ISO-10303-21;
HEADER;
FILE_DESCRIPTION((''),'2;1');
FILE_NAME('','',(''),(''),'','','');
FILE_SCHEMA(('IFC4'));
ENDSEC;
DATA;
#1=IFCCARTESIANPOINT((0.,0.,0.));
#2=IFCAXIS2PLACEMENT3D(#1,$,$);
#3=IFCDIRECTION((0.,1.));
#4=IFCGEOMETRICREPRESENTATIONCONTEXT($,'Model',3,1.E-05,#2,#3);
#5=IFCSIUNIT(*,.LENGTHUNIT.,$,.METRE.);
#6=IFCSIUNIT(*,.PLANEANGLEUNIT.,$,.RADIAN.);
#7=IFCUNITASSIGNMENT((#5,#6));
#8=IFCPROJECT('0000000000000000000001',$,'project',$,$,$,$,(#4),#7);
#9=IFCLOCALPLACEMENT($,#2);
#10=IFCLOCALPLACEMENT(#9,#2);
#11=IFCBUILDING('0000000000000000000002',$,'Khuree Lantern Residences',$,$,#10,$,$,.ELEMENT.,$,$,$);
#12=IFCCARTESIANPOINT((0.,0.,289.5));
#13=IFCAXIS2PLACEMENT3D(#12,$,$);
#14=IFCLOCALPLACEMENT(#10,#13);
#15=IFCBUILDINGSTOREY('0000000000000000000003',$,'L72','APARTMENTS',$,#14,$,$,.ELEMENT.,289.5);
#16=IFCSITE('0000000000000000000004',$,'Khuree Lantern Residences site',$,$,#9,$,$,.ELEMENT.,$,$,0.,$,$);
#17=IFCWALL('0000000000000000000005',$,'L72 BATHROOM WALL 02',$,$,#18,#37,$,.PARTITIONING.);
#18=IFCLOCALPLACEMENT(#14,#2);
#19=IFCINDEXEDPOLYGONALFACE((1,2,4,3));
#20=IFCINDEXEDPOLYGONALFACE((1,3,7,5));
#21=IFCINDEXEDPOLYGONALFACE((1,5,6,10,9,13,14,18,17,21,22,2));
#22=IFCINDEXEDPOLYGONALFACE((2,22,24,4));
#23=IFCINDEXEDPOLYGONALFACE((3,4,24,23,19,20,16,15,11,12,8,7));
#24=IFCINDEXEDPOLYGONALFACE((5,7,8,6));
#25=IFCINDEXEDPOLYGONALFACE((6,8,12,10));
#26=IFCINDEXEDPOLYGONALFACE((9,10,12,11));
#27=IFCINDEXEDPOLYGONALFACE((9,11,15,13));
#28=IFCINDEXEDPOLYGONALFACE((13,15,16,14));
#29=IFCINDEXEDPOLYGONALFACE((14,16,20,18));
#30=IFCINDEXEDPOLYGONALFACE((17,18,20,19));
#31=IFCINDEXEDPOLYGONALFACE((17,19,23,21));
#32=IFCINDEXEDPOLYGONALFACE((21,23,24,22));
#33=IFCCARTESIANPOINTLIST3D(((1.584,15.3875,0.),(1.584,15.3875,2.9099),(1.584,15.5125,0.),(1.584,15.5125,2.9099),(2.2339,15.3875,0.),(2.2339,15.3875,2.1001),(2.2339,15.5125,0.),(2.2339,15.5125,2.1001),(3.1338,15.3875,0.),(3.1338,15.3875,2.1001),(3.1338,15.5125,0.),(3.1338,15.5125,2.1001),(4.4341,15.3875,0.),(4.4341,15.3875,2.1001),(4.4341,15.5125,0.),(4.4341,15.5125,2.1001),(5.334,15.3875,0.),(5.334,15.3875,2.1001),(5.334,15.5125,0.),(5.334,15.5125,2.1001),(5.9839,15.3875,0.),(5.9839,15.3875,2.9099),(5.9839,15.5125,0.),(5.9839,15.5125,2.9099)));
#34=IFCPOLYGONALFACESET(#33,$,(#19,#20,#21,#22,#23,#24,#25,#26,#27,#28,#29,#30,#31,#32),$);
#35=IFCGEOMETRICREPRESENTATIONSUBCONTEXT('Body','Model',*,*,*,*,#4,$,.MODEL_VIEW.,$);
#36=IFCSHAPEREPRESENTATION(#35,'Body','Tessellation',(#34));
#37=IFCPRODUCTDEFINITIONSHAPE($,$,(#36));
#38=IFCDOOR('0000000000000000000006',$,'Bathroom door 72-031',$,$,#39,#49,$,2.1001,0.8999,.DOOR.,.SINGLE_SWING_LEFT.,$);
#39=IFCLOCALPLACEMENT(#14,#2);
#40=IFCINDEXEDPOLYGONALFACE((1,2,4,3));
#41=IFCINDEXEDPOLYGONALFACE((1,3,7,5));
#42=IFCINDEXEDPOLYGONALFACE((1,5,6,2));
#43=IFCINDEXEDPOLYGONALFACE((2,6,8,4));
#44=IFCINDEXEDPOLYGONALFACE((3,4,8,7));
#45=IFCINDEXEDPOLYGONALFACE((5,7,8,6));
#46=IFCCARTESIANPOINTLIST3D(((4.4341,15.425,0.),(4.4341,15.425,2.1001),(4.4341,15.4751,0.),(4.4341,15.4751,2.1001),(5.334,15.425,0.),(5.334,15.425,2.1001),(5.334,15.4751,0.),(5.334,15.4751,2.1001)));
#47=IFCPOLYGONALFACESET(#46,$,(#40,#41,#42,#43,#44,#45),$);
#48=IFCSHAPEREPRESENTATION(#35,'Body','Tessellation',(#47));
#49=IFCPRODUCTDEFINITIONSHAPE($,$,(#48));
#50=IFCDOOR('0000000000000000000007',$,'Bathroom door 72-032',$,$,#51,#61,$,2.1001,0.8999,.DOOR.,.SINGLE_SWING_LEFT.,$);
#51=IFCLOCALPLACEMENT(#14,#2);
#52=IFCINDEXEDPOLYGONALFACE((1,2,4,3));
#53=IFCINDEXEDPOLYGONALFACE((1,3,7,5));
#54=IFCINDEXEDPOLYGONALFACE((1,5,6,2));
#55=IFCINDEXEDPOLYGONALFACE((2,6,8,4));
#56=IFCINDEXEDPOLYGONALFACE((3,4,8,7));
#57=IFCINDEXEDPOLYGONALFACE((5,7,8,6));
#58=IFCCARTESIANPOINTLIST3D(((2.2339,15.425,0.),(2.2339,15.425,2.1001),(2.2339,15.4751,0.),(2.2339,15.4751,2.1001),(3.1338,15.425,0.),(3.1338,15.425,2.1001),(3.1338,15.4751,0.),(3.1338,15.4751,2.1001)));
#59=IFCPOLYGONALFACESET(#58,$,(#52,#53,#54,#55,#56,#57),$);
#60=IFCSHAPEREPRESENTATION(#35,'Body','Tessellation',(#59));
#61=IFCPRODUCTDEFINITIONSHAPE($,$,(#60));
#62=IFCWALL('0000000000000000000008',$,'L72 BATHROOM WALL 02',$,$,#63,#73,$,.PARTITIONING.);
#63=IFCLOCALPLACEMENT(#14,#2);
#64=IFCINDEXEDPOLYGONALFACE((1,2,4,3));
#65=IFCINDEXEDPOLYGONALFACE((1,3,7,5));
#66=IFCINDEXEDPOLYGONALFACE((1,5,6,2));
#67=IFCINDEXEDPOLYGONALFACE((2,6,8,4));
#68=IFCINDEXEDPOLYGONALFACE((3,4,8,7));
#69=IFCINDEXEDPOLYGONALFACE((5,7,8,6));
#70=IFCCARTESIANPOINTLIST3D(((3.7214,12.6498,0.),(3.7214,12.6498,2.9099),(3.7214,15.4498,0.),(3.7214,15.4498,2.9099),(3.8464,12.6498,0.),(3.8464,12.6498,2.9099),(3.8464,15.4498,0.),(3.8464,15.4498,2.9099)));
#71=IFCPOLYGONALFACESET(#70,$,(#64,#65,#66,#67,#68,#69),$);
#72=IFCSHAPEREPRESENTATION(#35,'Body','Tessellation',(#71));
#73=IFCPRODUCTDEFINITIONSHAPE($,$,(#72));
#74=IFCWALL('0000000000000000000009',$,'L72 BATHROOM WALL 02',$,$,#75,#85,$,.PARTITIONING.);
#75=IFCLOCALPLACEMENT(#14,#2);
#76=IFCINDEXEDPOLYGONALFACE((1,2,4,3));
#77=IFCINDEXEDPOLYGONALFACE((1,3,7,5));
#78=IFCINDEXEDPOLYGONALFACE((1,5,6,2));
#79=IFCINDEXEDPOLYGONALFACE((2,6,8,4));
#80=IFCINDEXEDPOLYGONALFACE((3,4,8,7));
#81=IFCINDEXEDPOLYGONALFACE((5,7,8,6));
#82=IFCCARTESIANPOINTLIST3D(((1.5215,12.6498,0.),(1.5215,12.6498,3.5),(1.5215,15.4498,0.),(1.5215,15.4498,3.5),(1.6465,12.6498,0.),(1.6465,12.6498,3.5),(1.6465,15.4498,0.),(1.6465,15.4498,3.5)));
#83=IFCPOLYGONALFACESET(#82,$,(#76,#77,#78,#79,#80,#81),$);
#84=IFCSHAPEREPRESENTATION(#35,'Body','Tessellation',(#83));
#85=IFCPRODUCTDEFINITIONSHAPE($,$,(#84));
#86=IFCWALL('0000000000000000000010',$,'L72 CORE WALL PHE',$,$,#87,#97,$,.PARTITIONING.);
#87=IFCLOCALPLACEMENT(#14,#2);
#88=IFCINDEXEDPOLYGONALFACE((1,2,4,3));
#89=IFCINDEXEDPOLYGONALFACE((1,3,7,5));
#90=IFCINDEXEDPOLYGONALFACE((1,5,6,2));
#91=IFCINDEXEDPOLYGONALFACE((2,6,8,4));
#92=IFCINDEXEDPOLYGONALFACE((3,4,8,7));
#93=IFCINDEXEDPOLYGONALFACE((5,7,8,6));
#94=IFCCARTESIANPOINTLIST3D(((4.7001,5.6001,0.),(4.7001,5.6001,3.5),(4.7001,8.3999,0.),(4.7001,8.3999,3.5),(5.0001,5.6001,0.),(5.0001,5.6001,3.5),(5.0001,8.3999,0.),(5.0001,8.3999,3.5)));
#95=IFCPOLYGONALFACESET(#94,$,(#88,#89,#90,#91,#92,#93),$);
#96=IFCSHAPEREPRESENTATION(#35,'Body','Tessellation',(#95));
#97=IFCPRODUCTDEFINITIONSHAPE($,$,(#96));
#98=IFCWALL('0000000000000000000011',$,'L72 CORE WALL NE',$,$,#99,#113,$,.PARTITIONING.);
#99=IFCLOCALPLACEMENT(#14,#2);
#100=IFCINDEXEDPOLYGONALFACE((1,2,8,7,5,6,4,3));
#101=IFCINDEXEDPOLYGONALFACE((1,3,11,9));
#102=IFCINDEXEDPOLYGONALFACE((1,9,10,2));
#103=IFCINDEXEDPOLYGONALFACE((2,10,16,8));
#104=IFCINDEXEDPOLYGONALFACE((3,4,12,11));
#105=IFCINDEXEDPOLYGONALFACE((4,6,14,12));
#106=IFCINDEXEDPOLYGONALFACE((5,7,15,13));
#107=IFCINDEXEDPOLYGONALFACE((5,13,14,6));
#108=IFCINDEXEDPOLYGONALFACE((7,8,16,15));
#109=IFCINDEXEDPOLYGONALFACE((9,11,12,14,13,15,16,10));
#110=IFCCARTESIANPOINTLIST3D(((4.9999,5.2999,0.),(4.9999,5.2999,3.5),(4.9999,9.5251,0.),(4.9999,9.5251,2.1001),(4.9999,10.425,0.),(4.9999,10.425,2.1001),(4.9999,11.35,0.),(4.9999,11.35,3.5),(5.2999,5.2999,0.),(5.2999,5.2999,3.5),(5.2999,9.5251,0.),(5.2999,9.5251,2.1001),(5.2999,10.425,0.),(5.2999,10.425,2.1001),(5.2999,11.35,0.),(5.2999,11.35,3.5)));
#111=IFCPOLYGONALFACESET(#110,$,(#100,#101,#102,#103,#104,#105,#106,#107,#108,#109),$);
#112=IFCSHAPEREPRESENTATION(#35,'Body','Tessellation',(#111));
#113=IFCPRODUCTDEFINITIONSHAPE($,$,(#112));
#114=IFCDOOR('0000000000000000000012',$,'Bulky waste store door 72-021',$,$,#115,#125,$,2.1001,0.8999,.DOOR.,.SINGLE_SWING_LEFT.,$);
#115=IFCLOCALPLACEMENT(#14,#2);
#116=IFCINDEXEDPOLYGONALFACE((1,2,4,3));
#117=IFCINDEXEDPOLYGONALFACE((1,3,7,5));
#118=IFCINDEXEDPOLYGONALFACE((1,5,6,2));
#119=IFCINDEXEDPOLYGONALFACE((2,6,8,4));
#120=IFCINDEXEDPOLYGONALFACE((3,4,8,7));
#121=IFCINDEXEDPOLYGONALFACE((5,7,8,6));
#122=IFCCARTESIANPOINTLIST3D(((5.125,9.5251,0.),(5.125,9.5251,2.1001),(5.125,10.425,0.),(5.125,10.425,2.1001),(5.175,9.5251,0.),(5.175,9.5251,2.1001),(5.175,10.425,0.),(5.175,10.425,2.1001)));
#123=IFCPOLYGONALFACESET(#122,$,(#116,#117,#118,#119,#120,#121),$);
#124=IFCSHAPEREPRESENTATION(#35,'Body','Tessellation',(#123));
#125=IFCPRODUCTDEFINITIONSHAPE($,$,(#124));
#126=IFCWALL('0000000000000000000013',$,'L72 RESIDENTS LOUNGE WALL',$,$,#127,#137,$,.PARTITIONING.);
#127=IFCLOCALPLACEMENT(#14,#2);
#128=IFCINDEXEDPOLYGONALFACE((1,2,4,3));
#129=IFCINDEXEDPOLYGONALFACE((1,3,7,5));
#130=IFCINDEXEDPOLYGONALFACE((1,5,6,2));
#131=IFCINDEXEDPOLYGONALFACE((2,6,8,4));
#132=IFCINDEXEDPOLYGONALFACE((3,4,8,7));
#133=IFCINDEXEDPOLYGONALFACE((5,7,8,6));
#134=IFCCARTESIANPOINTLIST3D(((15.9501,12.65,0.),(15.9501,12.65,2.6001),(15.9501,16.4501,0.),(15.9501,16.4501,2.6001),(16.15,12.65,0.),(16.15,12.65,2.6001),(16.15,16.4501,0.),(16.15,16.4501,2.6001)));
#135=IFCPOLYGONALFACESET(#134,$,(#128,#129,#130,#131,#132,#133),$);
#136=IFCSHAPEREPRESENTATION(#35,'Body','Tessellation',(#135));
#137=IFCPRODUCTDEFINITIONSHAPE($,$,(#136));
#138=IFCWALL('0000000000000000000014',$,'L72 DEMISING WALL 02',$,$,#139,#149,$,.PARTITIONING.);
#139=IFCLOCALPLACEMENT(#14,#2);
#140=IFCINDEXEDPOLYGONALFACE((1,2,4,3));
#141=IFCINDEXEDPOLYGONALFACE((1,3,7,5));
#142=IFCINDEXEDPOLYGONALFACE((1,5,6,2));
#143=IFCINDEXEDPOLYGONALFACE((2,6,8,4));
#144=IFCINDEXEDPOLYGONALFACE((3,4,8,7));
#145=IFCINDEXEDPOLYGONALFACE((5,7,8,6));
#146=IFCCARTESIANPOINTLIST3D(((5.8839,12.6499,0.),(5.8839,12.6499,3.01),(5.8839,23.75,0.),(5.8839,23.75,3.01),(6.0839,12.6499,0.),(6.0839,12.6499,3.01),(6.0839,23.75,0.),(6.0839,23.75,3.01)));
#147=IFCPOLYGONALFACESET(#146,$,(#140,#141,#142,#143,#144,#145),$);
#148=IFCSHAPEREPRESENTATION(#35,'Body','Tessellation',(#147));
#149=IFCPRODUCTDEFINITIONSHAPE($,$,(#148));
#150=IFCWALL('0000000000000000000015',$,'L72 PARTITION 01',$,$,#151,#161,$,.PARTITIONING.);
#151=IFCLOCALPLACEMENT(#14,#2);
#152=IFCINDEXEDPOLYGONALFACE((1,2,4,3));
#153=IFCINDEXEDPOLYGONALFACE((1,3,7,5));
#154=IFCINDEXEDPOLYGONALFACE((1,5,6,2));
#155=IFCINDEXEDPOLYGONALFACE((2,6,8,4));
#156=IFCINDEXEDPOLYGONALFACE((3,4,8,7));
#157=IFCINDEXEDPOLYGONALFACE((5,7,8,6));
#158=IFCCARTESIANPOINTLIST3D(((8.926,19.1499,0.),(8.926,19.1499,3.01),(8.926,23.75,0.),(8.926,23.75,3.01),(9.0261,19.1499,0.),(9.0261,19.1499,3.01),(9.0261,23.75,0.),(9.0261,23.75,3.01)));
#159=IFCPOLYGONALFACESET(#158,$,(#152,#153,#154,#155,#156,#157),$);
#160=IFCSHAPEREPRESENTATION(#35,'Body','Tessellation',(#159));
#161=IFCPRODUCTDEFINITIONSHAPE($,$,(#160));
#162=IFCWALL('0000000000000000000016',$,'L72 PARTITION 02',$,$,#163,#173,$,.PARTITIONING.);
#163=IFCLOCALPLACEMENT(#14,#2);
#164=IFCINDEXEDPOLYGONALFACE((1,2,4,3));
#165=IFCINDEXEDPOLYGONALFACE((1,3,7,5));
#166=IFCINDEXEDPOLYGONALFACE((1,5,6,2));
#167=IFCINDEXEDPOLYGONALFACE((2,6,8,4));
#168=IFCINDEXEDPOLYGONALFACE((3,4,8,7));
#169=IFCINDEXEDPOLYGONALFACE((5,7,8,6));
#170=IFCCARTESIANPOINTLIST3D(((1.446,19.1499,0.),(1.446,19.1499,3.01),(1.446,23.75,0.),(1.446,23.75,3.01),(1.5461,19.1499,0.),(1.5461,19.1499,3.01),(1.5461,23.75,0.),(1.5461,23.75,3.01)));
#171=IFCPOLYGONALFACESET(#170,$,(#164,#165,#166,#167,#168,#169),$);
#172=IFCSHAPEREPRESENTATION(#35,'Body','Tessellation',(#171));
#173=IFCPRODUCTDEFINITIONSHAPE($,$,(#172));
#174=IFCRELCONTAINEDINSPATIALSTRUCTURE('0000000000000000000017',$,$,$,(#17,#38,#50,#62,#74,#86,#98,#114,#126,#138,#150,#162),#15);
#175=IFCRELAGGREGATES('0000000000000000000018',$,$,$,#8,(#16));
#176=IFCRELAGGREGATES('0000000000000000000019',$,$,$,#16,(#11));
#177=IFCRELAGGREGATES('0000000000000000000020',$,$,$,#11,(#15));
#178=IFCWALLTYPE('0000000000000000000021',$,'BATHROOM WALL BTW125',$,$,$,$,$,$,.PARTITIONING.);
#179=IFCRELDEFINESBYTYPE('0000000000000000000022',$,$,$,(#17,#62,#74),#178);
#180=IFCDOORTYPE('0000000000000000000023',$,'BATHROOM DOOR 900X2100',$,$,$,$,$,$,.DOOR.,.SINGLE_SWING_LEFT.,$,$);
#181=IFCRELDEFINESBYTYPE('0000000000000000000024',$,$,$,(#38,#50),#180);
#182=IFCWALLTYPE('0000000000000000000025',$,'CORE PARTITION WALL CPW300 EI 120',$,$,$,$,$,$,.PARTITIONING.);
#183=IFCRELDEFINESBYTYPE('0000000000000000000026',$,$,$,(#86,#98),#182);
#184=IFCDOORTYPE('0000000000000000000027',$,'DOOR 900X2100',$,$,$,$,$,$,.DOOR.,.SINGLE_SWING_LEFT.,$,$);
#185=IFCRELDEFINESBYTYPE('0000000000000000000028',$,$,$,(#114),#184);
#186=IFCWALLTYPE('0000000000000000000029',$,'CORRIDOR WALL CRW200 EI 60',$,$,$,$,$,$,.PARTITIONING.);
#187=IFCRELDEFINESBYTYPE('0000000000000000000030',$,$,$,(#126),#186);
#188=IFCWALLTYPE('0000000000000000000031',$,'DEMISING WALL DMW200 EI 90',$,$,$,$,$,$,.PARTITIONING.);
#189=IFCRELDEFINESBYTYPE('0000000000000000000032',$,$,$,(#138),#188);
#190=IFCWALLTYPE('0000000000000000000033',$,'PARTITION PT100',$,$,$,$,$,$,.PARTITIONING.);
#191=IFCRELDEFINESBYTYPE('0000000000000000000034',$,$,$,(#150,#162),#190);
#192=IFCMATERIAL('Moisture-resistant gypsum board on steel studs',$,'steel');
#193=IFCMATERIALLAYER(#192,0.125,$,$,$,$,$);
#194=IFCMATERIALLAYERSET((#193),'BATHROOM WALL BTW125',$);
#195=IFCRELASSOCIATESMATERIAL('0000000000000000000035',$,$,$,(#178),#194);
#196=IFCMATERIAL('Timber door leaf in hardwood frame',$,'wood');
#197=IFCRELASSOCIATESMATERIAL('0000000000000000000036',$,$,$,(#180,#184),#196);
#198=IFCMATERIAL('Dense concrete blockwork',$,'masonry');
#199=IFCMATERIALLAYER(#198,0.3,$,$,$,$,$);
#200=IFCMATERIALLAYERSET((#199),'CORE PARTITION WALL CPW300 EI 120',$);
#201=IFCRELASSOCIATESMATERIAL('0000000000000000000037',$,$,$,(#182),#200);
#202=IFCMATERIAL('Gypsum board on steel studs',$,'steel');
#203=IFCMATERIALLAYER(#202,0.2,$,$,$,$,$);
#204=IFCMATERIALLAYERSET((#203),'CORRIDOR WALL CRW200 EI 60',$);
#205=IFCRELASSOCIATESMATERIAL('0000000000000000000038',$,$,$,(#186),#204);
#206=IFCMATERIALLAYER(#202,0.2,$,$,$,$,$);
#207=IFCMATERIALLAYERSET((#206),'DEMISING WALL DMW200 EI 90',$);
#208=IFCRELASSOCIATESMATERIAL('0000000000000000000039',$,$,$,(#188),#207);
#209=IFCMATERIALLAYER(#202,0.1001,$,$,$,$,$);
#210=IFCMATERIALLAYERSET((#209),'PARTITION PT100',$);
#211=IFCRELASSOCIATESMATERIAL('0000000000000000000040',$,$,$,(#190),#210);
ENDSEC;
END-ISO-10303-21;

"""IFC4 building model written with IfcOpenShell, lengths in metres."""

from ifc_helpers import new_model, si_unit, direction, frame, frame_2d, origin, place, context, subcontext, project, spatial, rectangle, extrude, material, layer, layer_set, type_object, element, fill, save


model = new_model("IFC4")

# Units and contexts
model_context = context("Model", 3, precision=1e-05, world=origin(), true_north=direction((0.0, 1.0)))
body_context = subcontext(model_context, "Body", "Model", "MODEL_VIEW")
ifc_project = project(units=[si_unit("LENGTHUNIT", "METRE"), si_unit("PLANEANGLEUNIT", "RADIAN")], contexts=[model_context])

# Site, building, storey
site_placement = place(None, origin())
site = spatial("IfcSite", under=ifc_project, at=site_placement, Name="Khuree Lantern Residences site", CompositionType="ELEMENT", RefElevation=0.0)
building_placement = place(site_placement, origin())
building = spatial("IfcBuilding", under=site, at=building_placement, Name="Khuree Lantern Residences", CompositionType="ELEMENT")
storey_placement = place(building_placement, frame((0.0, 0.0, 289.5)))
storey = spatial("IfcBuildingStorey", under=building, at=storey_placement, Name="L72", Description="APARTMENTS", CompositionType="ELEMENT", Elevation=289.5)

# Shared definitions
ifc_material_1 = material(Name="Moisture-resistant gypsum board on steel studs", Category="steel")
ifc_layer_1 = layer(ifc_material_1, 0.125)
ifc_layer_set_1 = layer_set([ifc_layer_1], Name="BATHROOM WALL BTW125")
wall_type_1 = type_object("IfcWallType", Name="BATHROOM WALL BTW125", PredefinedType="PARTITIONING", material=ifc_layer_set_1)
ifc_material_2 = material(Name="Timber door leaf in hardwood frame", Category="wood")
door_type_1 = type_object("IfcDoorType", Name="BATHROOM DOOR 900X2100", OperationType="SINGLE_SWING_LEFT", PredefinedType="DOOR", material=ifc_material_2)

# Wall, openings, doors
wall_1_placement = place(storey_placement, frame((5.9839, 15.45, 0.0), z_axis=(0.0, 0.0, 1.0), x_axis=(-1.0, 0.0, 0.0)))
wall_1 = element("IfcWall", 1, at=wall_1_placement, inside=storey, type_object=wall_type_1, Name="L72 BATHROOM WALL 02", PredefinedType="PARTITIONING", context=body_context, shape_type="SweptSolid", body=[
    extrude(rectangle(XDim=4.3999, YDim=0.125, at=frame_2d((2.2, 0.0))), origin(), (0.0, 0.0, 1.0), 2.9099),
])
opening_1_placement = place(wall_1_placement, frame((0.6499, 0.0, 0.0)))
opening_1 = element("IfcOpeningElement", 2, at=opening_1_placement, cuts=wall_1, PredefinedType="OPENING", context=body_context, shape_type="SweptSolid", body=[
    extrude(rectangle(XDim=0.8999, YDim=2.1001, at=frame_2d((0.45, 1.05))), frame((0.0, 0.0725, 0.0), z_axis=(0.0, -1.0, 0.0), x_axis=(1.0, 0.0, 0.0)), (0.0, 0.0, 1.0), 0.145),
])
opening_2_placement = place(wall_1_placement, frame((2.8501, 0.0, 0.0)))
opening_2 = element("IfcOpeningElement", 3, at=opening_2_placement, cuts=wall_1, PredefinedType="OPENING", context=body_context, shape_type="SweptSolid", body=[
    extrude(rectangle(XDim=0.8999, YDim=2.1001, at=frame_2d((0.45, 1.05))), frame((0.0, 0.0725, 0.0), z_axis=(0.0, -1.0, 0.0), x_axis=(1.0, 0.0, 0.0)), (0.0, 0.0, 1.0), 0.145),
])
door_1_placement = place(opening_1_placement, origin())
door_1 = element("IfcDoor", 4, at=door_1_placement, inside=storey, type_object=door_type_1, Name="Bathroom door 72-031", OperationType="SINGLE_SWING_LEFT", OverallHeight=2.1001, OverallWidth=0.8999, PredefinedType="DOOR", context=body_context, shape_type="SweptSolid", body=[
    extrude(rectangle(XDim=0.8999, YDim=2.1001, at=frame_2d((0.45, 1.05))), frame((0.0, 0.0249, 0.0), z_axis=(0.0, -1.0, 0.0), x_axis=(1.0, 0.0, 0.0)), (0.0, 0.0, 1.0), 0.05),
])
fill(opening_1, door_1)
door_2_placement = place(opening_2_placement, origin())
door_2 = element("IfcDoor", 5, at=door_2_placement, inside=storey, type_object=door_type_1, Name="Bathroom door 72-032", OperationType="SINGLE_SWING_LEFT", OverallHeight=2.1001, OverallWidth=0.8999, PredefinedType="DOOR", context=body_context, shape_type="SweptSolid", body=[
    extrude(rectangle(XDim=0.8999, YDim=2.1001, at=frame_2d((0.45, 1.05))), frame((0.0, 0.0249, 0.0), z_axis=(0.0, -1.0, 0.0), x_axis=(1.0, 0.0, 0.0)), (0.0, 0.0, 1.0), 0.05),
])
fill(opening_2, door_2)

# Walls
wall_2_placement = place(storey_placement, frame((3.7839, 12.6499, 0.0), z_axis=(0.0, 0.0, 1.0), x_axis=(0.0, 1.0, 0.0)))
element("IfcWall", 6, at=wall_2_placement, inside=storey, type_object=wall_type_1, Name="L72 BATHROOM WALL 02", PredefinedType="PARTITIONING", context=body_context, shape_type="SweptSolid", body=[
    extrude(rectangle(XDim=2.8, YDim=0.125, at=frame_2d((1.3999, 0.0))), origin(), (0.0, 0.0, 1.0), 2.9099),
])
wall_3_placement = place(storey_placement, frame((1.584, 12.6499, 0.0), z_axis=(0.0, 0.0, 1.0), x_axis=(0.0, 1.0, 0.0)))
element("IfcWall", 7, at=wall_3_placement, inside=storey, type_object=wall_type_1, Name="L72 BATHROOM WALL 02", PredefinedType="PARTITIONING", context=body_context, shape_type="SweptSolid", body=[
    extrude(rectangle(XDim=2.8, YDim=0.125, at=frame_2d((1.3999, 0.0))), origin(), (0.0, 0.0, 1.0), 3.5),
])
ifc_material_3 = material(Name="Dense concrete blockwork", Category="masonry")
ifc_layer_2 = layer(ifc_material_3, 0.3)
ifc_layer_set_2 = layer_set([ifc_layer_2], Name="CORE PARTITION WALL CPW300 EI 120")
wall_type_2 = type_object("IfcWallType", Name="CORE PARTITION WALL CPW300 EI 120", PredefinedType="PARTITIONING", material=ifc_layer_set_2)
wall_4_placement = place(storey_placement, frame((4.8501, 5.6001, 0.0), z_axis=(0.0, 0.0, 1.0), x_axis=(0.0, 1.0, 0.0)))
element("IfcWall", 8, at=wall_4_placement, inside=storey, type_object=wall_type_2, Name="L72 CORE WALL PHE", PredefinedType="PARTITIONING", context=body_context, shape_type="SweptSolid", body=[
    extrude(rectangle(XDim=2.7998, YDim=0.3, at=frame_2d((1.3999, 0.0))), origin(), (0.0, 0.0, 1.0), 3.5),
])

# Wall, opening, door
wall_5_placement = place(storey_placement, frame((5.1499, 5.3, 0.0), z_axis=(0.0, 0.0, 1.0), x_axis=(0.0, 1.0, 0.0)))
wall_5 = element("IfcWall", 9, at=wall_5_placement, inside=storey, type_object=wall_type_2, Name="L72 CORE WALL NE", PredefinedType="PARTITIONING", context=body_context, shape_type="SweptSolid", body=[
    extrude(rectangle(XDim=6.05, YDim=0.3, at=frame_2d((3.0249, 0.0))), origin(), (0.0, 0.0, 1.0), 3.5),
])
opening_3_placement = place(wall_5_placement, frame((4.2251, 0.0, 0.0)))
opening_3 = element("IfcOpeningElement", 10, at=opening_3_placement, cuts=wall_5, PredefinedType="OPENING", context=body_context, shape_type="SweptSolid", body=[
    extrude(rectangle(XDim=0.8999, YDim=2.1001, at=frame_2d((0.45, 1.05))), frame((0.0, 0.1602, 0.0), z_axis=(0.0, -1.0, 0.0), x_axis=(1.0, 0.0, 0.0)), (0.0, 0.0, 1.0), 0.3201),
])
door_type_2 = type_object("IfcDoorType", Name="DOOR 900X2100", OperationType="SINGLE_SWING_LEFT", PredefinedType="DOOR", material=ifc_material_2)
door_3_placement = place(opening_3_placement, origin())
door_3 = element("IfcDoor", 11, at=door_3_placement, inside=storey, type_object=door_type_2, Name="Bulky waste store door 72-021", OperationType="SINGLE_SWING_LEFT", OverallHeight=2.1001, OverallWidth=0.8999, PredefinedType="DOOR", context=body_context, shape_type="SweptSolid", body=[
    extrude(rectangle(XDim=0.8999, YDim=2.1001, at=frame_2d((0.45, 1.05))), frame((0.0, 0.0249, 0.0), z_axis=(0.0, -1.0, 0.0), x_axis=(1.0, 0.0, 0.0)), (0.0, 0.0, 1.0), 0.05),
])
fill(opening_3, door_3)

# Walls
ifc_material_4 = material(Name="Gypsum board on steel studs", Category="steel")
ifc_layer_3 = layer(ifc_material_4, 0.2)
ifc_layer_set_3 = layer_set([ifc_layer_3], Name="CORRIDOR WALL CRW200 EI 60")
wall_type_3 = type_object("IfcWallType", Name="CORRIDOR WALL CRW200 EI 60", PredefinedType="PARTITIONING", material=ifc_layer_set_3)
wall_6_placement = place(storey_placement, frame((16.05, 16.45, 0.0), z_axis=(0.0, 0.0, 1.0), x_axis=(0.0, -1.0, 0.0)))
element("IfcWall", 12, at=wall_6_placement, inside=storey, type_object=wall_type_3, Name="L72 RESIDENTS LOUNGE WALL", PredefinedType="PARTITIONING", context=body_context, shape_type="SweptSolid", body=[
    extrude(rectangle(XDim=3.8, YDim=0.2, at=frame_2d((1.8999, 0.0))), origin(), (0.0, 0.0, 1.0), 2.6001),
])
ifc_layer_4 = layer(ifc_material_4, 0.2)
ifc_layer_set_4 = layer_set([ifc_layer_4], Name="DEMISING WALL DMW200 EI 90")
wall_type_4 = type_object("IfcWallType", Name="DEMISING WALL DMW200 EI 90", PredefinedType="PARTITIONING", material=ifc_layer_set_4)
wall_7_placement = place(storey_placement, frame((5.9839, 12.6499, 0.0), z_axis=(0.0, 0.0, 1.0), x_axis=(0.0, 1.0, 0.0)))
element("IfcWall", 13, at=wall_7_placement, inside=storey, type_object=wall_type_4, Name="L72 DEMISING WALL 02", PredefinedType="PARTITIONING", context=body_context, shape_type="SweptSolid", body=[
    extrude(rectangle(XDim=11.1001, YDim=0.2, at=frame_2d((5.55, 0.0))), origin(), (0.0, 0.0, 1.0), 3.01),
])
ifc_layer_5 = layer(ifc_material_4, 0.1001)
ifc_layer_set_5 = layer_set([ifc_layer_5], Name="PARTITION PT100")
wall_type_5 = type_object("IfcWallType", Name="PARTITION PT100", PredefinedType="PARTITIONING", material=ifc_layer_set_5)
for number, where, z_axis, x_axis, name in (
    (14, (8.9761, 19.1499, 0.0), (0.0, 0.0, 1.0), (0.0, 1.0, 0.0), "L72 PARTITION 01"),
    (15, (1.4961, 19.1499, 0.0), (0.0, 0.0, 1.0), (0.0, 1.0, 0.0), "L72 PARTITION 02"),
):
    element("IfcWall", number, at=place(storey_placement, frame(where, z_axis=z_axis, x_axis=x_axis)), inside=storey, type_object=wall_type_5, Name=name, PredefinedType="PARTITIONING", context=body_context, shape_type="SweptSolid", body=[
        extrude(rectangle(XDim=4.6001, YDim=0.1001, at=frame_2d((2.3, 0.0))), origin(), (0.0, 0.0, 1.0), 3.01),
    ])

save(model, "model.ifc")
